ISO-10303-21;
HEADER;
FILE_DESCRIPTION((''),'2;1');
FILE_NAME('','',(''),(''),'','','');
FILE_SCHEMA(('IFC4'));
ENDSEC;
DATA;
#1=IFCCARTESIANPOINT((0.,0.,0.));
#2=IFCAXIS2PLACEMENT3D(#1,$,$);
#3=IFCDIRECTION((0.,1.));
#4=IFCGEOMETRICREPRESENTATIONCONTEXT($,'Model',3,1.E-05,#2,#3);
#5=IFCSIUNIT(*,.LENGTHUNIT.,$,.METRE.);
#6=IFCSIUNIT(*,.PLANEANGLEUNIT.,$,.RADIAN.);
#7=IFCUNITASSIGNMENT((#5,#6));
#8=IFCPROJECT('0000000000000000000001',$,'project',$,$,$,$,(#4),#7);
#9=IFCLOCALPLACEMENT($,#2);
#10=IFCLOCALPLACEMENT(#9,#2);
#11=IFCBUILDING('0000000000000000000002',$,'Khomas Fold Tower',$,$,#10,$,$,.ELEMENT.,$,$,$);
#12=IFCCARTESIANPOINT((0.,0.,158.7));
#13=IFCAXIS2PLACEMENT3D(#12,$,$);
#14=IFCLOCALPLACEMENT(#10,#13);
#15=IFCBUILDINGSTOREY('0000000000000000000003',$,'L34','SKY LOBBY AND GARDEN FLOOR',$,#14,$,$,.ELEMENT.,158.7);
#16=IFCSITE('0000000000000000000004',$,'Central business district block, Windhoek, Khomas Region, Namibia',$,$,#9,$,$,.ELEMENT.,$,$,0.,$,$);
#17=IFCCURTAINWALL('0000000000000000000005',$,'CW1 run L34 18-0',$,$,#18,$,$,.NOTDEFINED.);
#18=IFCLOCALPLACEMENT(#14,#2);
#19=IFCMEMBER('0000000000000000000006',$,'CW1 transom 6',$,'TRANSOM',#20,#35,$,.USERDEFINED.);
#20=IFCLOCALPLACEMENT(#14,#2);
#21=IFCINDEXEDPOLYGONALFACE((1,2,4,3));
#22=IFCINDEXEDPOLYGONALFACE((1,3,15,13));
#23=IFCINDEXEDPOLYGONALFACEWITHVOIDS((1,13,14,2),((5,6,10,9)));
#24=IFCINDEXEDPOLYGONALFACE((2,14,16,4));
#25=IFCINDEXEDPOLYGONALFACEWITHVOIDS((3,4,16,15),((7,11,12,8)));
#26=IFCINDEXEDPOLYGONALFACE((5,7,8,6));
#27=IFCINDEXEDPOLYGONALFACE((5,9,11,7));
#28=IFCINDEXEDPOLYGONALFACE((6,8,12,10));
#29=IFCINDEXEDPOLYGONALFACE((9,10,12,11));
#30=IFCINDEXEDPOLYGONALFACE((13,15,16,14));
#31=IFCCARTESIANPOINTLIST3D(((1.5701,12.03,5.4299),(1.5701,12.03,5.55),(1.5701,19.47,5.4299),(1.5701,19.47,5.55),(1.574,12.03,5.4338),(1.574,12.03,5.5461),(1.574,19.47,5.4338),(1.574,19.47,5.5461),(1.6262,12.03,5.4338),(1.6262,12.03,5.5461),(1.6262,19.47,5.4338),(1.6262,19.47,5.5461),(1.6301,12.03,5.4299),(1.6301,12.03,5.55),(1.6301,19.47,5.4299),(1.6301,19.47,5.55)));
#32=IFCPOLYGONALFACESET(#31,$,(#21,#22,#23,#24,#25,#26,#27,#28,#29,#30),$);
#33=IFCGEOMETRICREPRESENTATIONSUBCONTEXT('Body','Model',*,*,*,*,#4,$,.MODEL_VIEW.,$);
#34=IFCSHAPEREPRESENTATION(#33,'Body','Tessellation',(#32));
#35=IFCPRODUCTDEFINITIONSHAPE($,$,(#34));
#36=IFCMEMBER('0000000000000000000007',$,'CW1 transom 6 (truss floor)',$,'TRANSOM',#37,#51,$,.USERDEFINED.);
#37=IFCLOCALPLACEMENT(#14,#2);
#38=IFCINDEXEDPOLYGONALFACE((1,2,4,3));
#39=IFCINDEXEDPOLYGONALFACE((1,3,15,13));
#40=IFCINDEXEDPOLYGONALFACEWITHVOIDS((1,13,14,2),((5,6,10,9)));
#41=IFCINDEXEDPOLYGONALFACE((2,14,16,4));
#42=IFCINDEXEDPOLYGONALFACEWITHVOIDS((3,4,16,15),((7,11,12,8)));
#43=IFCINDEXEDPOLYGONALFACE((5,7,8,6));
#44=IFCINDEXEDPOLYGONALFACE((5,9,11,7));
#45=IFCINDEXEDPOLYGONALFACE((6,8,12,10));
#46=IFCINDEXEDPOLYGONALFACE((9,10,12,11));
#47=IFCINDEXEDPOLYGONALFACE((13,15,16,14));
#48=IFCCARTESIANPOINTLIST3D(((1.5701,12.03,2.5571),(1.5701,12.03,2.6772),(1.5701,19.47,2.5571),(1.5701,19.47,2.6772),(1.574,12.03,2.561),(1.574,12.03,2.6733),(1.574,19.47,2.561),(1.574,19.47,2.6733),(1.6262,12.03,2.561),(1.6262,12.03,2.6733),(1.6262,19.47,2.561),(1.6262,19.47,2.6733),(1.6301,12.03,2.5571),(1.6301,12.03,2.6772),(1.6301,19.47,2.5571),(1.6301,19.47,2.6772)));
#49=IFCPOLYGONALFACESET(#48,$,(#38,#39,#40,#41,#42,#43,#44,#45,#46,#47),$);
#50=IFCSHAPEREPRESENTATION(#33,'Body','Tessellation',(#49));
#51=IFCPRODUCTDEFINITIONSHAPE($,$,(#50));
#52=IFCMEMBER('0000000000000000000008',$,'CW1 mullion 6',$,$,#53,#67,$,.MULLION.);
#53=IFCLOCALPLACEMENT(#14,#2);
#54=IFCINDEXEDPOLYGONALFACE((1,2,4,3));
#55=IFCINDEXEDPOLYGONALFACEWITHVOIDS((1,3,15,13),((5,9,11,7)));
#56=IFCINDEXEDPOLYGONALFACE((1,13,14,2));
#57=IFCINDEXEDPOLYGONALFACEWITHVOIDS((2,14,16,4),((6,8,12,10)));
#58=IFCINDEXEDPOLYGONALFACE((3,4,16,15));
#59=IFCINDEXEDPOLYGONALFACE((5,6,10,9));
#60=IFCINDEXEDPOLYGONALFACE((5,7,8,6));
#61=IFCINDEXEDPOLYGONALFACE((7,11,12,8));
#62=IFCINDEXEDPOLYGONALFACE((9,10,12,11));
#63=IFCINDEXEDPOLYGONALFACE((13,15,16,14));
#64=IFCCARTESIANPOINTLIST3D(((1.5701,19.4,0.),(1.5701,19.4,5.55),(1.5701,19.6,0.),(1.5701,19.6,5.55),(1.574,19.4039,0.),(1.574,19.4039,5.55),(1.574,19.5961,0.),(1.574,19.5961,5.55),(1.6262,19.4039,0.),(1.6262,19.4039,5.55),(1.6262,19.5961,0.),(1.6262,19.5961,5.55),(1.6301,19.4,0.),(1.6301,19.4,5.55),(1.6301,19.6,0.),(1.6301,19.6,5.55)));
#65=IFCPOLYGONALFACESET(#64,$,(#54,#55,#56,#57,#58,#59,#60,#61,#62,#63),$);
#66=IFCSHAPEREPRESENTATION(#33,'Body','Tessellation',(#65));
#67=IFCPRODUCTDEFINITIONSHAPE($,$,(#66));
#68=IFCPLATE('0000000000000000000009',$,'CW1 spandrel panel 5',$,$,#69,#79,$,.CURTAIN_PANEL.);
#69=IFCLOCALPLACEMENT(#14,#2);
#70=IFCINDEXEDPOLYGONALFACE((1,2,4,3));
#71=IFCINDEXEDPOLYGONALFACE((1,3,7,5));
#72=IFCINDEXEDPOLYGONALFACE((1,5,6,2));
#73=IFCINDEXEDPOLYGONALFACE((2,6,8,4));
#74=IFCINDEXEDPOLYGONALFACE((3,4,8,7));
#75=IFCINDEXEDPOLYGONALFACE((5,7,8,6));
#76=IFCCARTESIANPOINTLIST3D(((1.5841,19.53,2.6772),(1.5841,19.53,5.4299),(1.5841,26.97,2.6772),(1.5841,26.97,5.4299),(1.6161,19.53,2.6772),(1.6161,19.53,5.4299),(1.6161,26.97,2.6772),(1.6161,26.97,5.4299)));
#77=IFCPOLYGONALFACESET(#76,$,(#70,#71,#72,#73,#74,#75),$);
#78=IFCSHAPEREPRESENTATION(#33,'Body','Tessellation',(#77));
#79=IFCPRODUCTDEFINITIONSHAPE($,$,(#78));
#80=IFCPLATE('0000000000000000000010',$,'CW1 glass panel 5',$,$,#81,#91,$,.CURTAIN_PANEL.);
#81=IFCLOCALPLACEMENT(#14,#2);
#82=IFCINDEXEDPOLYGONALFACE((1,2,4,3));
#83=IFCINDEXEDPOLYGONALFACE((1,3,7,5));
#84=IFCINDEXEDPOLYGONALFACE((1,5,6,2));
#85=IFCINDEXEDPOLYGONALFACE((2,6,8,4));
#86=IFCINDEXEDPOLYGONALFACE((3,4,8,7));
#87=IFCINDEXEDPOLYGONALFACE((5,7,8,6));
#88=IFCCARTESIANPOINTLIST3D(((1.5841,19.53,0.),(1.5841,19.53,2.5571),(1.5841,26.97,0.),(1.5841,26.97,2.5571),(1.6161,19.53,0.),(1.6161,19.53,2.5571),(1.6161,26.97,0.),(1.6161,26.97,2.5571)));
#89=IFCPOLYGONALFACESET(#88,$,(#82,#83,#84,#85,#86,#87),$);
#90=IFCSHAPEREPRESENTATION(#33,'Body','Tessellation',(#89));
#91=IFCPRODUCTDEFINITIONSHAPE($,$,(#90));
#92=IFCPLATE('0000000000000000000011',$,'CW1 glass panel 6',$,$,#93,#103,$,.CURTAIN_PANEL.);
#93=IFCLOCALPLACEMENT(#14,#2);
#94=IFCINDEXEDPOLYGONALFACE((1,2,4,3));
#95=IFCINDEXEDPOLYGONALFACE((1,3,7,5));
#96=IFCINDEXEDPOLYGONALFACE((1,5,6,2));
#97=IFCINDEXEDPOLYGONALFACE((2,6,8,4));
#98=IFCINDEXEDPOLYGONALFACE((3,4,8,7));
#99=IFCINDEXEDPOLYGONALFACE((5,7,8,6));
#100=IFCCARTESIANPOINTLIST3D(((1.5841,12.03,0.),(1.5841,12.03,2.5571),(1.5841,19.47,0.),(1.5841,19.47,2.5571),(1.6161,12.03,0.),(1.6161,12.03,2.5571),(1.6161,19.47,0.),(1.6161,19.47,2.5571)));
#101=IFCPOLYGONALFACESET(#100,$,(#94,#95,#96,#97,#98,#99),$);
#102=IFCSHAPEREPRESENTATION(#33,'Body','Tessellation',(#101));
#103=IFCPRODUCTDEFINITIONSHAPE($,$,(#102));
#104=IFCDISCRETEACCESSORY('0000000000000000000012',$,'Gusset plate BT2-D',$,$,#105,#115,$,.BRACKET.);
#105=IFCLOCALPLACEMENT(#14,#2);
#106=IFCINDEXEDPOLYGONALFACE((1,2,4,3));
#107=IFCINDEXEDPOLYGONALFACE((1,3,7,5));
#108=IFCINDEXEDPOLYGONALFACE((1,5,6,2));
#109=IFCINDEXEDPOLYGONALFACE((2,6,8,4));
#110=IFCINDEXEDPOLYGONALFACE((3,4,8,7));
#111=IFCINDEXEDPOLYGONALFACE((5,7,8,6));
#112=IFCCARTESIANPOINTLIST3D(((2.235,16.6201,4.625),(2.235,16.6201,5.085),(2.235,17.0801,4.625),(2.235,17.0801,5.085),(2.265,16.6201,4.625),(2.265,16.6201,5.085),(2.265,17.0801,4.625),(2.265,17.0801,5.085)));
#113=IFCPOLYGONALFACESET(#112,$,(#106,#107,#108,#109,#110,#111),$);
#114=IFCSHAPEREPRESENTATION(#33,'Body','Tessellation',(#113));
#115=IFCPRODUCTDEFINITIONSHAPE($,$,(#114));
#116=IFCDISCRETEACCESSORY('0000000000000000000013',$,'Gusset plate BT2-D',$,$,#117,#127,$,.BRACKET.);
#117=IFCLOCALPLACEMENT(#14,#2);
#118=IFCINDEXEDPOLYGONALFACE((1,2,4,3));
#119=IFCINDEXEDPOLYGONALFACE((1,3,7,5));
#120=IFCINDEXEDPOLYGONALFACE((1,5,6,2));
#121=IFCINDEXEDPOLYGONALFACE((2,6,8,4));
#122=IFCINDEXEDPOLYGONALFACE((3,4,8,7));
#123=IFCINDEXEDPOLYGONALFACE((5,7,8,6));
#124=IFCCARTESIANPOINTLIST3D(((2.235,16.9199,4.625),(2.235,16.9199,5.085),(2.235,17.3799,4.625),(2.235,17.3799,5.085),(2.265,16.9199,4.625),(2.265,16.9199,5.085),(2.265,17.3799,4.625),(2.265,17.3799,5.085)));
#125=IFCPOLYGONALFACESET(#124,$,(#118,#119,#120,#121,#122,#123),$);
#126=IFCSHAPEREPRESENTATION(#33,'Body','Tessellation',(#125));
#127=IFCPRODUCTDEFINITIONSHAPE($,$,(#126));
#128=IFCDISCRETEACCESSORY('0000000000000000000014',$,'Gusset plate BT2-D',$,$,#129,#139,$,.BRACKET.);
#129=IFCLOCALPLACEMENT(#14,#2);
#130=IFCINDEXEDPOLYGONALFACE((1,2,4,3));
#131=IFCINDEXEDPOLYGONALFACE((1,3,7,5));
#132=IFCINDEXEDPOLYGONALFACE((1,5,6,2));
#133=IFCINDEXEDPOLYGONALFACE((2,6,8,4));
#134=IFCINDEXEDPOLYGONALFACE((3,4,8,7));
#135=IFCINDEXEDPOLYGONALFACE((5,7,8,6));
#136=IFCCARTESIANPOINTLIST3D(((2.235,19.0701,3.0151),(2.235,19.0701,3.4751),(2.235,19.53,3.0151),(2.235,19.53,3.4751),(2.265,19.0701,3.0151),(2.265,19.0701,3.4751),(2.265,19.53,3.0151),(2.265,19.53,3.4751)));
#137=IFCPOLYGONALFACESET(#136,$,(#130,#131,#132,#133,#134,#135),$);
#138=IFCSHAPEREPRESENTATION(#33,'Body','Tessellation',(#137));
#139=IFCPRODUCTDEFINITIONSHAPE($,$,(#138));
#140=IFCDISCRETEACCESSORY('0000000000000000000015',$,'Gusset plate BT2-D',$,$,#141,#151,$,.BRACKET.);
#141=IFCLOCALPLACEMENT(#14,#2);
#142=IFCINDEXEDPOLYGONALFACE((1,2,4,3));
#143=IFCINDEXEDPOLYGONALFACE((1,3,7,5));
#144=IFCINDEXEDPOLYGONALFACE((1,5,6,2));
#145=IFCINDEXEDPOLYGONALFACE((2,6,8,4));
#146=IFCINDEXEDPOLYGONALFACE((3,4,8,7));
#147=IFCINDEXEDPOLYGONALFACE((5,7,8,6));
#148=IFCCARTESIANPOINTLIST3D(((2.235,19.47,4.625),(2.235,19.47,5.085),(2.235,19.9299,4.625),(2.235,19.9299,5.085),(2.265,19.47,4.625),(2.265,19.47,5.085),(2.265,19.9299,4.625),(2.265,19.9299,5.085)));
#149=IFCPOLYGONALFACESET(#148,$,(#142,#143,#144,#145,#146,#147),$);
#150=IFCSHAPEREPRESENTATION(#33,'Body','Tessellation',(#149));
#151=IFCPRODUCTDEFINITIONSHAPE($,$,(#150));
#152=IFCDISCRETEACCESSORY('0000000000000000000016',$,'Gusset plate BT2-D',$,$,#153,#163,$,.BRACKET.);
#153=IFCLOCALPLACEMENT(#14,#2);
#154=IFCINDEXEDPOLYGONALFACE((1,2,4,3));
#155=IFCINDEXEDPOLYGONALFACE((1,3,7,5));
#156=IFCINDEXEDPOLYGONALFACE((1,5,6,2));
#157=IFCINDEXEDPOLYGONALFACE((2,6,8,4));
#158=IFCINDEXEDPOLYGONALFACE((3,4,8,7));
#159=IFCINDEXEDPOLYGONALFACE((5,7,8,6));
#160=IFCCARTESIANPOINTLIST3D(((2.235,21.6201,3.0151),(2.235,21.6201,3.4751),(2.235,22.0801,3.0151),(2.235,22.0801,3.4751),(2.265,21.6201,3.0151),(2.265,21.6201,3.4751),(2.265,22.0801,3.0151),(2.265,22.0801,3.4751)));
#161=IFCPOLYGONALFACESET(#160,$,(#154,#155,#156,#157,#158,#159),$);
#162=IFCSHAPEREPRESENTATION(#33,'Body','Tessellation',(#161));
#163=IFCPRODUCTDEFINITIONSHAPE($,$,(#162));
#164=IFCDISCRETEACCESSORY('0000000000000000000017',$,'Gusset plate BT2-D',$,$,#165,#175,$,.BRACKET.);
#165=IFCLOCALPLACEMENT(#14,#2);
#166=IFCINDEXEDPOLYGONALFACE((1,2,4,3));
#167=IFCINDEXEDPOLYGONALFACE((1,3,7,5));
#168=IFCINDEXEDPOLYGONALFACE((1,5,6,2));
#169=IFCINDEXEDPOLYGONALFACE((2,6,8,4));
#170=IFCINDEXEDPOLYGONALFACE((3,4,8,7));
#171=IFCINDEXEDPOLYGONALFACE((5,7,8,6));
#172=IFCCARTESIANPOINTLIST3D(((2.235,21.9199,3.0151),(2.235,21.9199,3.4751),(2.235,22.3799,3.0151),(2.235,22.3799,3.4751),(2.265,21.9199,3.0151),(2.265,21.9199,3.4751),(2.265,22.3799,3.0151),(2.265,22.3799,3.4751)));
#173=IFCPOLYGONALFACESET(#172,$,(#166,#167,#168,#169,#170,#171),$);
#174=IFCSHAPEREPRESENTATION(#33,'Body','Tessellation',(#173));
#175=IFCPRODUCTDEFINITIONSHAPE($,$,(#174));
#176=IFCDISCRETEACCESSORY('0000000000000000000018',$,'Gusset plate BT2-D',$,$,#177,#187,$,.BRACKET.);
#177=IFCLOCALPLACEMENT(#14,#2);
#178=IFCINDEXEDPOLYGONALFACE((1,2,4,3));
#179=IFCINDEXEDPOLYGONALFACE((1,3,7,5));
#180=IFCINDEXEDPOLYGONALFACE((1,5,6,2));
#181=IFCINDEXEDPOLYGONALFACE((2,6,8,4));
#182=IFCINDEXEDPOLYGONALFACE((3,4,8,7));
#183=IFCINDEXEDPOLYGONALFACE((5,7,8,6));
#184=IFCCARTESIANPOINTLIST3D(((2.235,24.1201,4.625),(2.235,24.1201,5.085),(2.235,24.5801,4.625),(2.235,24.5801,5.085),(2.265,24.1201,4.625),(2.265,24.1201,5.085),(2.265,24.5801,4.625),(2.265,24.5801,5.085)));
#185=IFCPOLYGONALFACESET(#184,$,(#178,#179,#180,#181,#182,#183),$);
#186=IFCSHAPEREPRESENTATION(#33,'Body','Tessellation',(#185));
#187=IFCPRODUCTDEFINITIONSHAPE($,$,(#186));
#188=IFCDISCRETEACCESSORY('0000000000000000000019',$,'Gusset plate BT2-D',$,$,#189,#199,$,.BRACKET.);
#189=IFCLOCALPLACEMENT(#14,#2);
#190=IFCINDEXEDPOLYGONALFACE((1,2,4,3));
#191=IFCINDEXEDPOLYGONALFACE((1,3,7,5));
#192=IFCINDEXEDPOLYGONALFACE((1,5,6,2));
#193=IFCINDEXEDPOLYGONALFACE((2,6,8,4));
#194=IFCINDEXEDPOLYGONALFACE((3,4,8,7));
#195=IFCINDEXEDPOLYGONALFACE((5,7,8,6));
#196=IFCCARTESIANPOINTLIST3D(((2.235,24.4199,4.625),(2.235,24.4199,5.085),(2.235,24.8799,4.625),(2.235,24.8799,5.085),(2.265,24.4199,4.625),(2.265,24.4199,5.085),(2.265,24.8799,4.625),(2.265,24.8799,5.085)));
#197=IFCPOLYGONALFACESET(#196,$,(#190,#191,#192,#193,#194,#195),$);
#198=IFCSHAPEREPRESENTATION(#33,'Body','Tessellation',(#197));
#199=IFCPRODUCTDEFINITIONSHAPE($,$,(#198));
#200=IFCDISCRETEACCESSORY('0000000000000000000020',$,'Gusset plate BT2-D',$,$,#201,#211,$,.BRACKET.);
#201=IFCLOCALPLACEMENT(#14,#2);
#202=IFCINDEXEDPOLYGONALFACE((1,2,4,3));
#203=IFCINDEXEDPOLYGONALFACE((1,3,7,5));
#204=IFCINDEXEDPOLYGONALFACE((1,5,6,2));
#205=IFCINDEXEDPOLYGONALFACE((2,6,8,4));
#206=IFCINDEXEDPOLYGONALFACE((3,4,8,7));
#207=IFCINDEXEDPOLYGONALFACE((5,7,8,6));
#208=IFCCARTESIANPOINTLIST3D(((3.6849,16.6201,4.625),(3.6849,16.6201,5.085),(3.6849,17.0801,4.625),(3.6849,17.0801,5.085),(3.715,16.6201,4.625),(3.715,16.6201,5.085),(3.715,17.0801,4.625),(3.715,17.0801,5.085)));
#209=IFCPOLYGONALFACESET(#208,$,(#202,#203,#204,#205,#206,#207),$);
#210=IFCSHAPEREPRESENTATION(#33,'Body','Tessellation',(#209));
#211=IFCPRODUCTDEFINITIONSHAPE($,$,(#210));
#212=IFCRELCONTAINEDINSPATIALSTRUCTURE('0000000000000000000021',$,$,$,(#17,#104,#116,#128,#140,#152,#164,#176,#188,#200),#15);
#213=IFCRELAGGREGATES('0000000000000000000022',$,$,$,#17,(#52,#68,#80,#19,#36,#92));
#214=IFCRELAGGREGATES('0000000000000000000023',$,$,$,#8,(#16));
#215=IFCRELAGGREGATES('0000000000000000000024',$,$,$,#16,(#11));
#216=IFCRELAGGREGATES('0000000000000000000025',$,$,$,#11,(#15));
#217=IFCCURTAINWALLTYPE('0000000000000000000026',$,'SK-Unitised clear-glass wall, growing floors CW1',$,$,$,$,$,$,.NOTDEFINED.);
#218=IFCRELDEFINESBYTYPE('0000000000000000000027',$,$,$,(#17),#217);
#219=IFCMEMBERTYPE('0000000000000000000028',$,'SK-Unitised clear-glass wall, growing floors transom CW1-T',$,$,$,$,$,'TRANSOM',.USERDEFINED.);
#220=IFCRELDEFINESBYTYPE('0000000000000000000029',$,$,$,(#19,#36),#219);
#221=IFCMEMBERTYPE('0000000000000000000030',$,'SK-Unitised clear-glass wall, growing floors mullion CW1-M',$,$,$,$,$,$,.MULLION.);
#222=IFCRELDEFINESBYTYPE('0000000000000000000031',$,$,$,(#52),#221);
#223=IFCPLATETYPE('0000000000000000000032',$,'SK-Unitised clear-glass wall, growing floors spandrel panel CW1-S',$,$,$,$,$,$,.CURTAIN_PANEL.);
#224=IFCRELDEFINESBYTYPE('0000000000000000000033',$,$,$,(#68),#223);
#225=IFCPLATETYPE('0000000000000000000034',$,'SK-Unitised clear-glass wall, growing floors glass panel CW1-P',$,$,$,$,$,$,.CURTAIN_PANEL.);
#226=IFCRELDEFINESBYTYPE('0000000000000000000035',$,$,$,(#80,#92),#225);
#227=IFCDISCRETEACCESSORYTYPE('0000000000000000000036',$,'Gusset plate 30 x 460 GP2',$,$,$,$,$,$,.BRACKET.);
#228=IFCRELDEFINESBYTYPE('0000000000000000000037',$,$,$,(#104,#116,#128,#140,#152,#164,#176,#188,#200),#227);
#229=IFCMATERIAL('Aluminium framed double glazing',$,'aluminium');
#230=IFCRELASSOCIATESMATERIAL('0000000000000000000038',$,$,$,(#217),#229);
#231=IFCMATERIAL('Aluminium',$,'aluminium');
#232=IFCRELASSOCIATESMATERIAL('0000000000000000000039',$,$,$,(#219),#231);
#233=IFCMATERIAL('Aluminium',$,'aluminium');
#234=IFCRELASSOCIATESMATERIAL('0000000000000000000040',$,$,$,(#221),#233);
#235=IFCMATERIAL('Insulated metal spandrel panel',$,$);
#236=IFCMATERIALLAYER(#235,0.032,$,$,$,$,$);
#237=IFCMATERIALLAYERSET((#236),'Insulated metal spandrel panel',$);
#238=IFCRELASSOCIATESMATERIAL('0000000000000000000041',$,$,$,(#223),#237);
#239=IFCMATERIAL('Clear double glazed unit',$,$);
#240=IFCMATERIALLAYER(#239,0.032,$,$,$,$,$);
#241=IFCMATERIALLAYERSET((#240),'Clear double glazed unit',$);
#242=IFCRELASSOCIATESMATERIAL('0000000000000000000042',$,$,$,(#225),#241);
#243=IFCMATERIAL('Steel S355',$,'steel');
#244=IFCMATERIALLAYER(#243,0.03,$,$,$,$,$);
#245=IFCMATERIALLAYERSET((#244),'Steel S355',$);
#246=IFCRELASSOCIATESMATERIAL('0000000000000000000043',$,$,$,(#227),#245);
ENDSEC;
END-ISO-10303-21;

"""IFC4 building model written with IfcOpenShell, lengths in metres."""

from ifc_helpers import new_model, si_unit, direction, frame, origin, origin_2d, place, context, subcontext, project, spatial, rectangle, hollow_rectangle, extrude, source, transform, mapped, material, layer, layer_set, material_profile, profile_set, type_object, element, aggregate, save


model = new_model("IFC4")

# Units and contexts
model_context = context("Model", 3, precision=1e-05, world=origin(), true_north=direction((0.0, 1.0)))
body_context = subcontext(model_context, "Body", "Model", "MODEL_VIEW")
ifc_project = project(units=[si_unit("LENGTHUNIT", "METRE"), si_unit("PLANEANGLEUNIT", "RADIAN")], contexts=[model_context])

# Site, building, storey
site_placement = place(None, origin())
site = spatial("IfcSite", under=ifc_project, at=site_placement, Name="Central business district block, Windhoek, Khomas Region, Namibia", CompositionType="ELEMENT", RefElevation=0.0)
building_placement = place(site_placement, origin())
building = spatial("IfcBuilding", under=site, at=building_placement, Name="Khomas Fold Tower", CompositionType="ELEMENT")
storey_placement = place(building_placement, frame((0.0, 0.0, 158.7)))
storey = spatial("IfcBuildingStorey", under=building, at=storey_placement, Name="L34", Description="SKY LOBBY AND GARDEN FLOOR", CompositionType="ELEMENT", Elevation=158.7)

# Curtain wall, members, plates
ifc_material_1 = material(Name="Aluminium framed double glazing", Category="aluminium")
curtain_wall_type = type_object("IfcCurtainWallType", Name="SK-Unitised clear-glass wall, growing floors CW1", PredefinedType="NOTDEFINED", material=ifc_material_1)
curtain_wall_placement = place(storey_placement, origin())
curtain_wall = element("IfcCurtainWall", 1, at=curtain_wall_placement, inside=storey, type_object=curtain_wall_type, Name="CW1 run L34 18-0", PredefinedType="NOTDEFINED")
ifc_material_2 = material(Name="Aluminium", Category="aluminium")
ifc_material_profile_1 = material_profile(ifc_material_2, hollow_rectangle(XDim=0.0601, YDim=0.1201, WallThickness=0.0039, at=origin_2d()), Name="SK-Unitised clear-glass wall, growing floors transom CW1-T")
ifc_profile_set_1 = profile_set([ifc_material_profile_1], Name="Aluminium")
member_type_1 = type_object("IfcMemberType", Name="SK-Unitised clear-glass wall, growing floors transom CW1-T", ElementType="TRANSOM", PredefinedType="USERDEFINED", material=ifc_profile_set_1)
shared_shape_1 = source(origin(), body_context, "Body", "SweptSolid", [
    extrude(hollow_rectangle(XDim=0.0601, YDim=0.1201, WallThickness=0.0039, at=origin_2d()), origin(), (0.0, 0.0, 1.0), 7.4399),
])
member_1_placement = place(storey_placement, frame((1.6001, 19.47, 5.49), z_axis=(0.0, -1.0, 0.0), x_axis=(1.0, 0.0, 0.0)))
member_1 = element("IfcMember", 2, at=member_1_placement, type_object=member_type_1, Name="CW1 transom 6", ObjectType="TRANSOM", PredefinedType="USERDEFINED", context=body_context, shape_type="MappedRepresentation", body=[
    mapped(shared_shape_1, transform((0.0, 0.0, 0.0))),
])
member_2_placement = place(storey_placement, frame((1.6001, 19.47, 2.6172), z_axis=(0.0, -1.0, 0.0), x_axis=(1.0, 0.0, 0.0)))
member_2 = element("IfcMember", 3, at=member_2_placement, type_object=member_type_1, Name="CW1 transom 6 (truss floor)", ObjectType="TRANSOM", PredefinedType="USERDEFINED", context=body_context, shape_type="MappedRepresentation", body=[
    mapped(shared_shape_1, transform((0.0, 0.0, 0.0))),
])
ifc_material_3 = material(Name="Aluminium", Category="aluminium")
ifc_material_profile_2 = material_profile(ifc_material_3, hollow_rectangle(XDim=0.0601, YDim=0.2, WallThickness=0.0039, at=origin_2d()), Name="SK-Unitised clear-glass wall, growing floors mullion CW1-M")
ifc_profile_set_2 = profile_set([ifc_material_profile_2], Name="Aluminium")
member_type_2 = type_object("IfcMemberType", Name="SK-Unitised clear-glass wall, growing floors mullion CW1-M", PredefinedType="MULLION", material=ifc_profile_set_2)
shared_shape_2 = source(origin(), body_context, "Body", "SweptSolid", [
    extrude(hollow_rectangle(XDim=0.0601, YDim=0.2, WallThickness=0.0039, at=origin_2d()), origin(), (0.0, 0.0, 1.0), 5.55),
])
member_3_placement = place(storey_placement, frame((1.6001, 19.5, 0.0), z_axis=(0.0, 0.0, 1.0), x_axis=(1.0, 0.0, 0.0)))
member_3 = element("IfcMember", 4, at=member_3_placement, type_object=member_type_2, Name="CW1 mullion 6", PredefinedType="MULLION", context=body_context, shape_type="MappedRepresentation", body=[
    mapped(shared_shape_2, transform((0.0, 0.0, 0.0))),
])
ifc_material_4 = material(Name="Insulated metal spandrel panel")
ifc_layer_1 = layer(ifc_material_4, 0.032)
ifc_layer_set_1 = layer_set([ifc_layer_1], Name="Insulated metal spandrel panel")
plate_type_1 = type_object("IfcPlateType", Name="SK-Unitised clear-glass wall, growing floors spandrel panel CW1-S", PredefinedType="CURTAIN_PANEL", material=ifc_layer_set_1)
shared_shape_3 = source(origin(), body_context, "Body", "SweptSolid", [
    extrude(rectangle(XDim=7.4399, YDim=0.032, at=origin_2d()), origin(), (0.0, 0.0, 1.0), 2.7527),
])
plate_1_placement = place(storey_placement, frame((1.6001, 23.25, 2.6772), z_axis=(0.0, 0.0, 1.0), x_axis=(0.0, -1.0, 0.0)))
plate_1 = element("IfcPlate", 5, at=plate_1_placement, type_object=plate_type_1, Name="CW1 spandrel panel 5", PredefinedType="CURTAIN_PANEL", context=body_context, shape_type="MappedRepresentation", body=[
    mapped(shared_shape_3, transform((0.0, 0.0, 0.0))),
])
ifc_material_5 = material(Name="Clear double glazed unit")
ifc_layer_2 = layer(ifc_material_5, 0.032)
ifc_layer_set_2 = layer_set([ifc_layer_2], Name="Clear double glazed unit")
plate_type_2 = type_object("IfcPlateType", Name="SK-Unitised clear-glass wall, growing floors glass panel CW1-P", PredefinedType="CURTAIN_PANEL", material=ifc_layer_set_2)
shared_shape_4 = source(origin(), body_context, "Body", "SweptSolid", [
    extrude(rectangle(XDim=7.4399, YDim=0.032, at=origin_2d()), origin(), (0.0, 0.0, 1.0), 2.5571),
])
plate_2_placement = place(storey_placement, frame((1.6001, 23.25, 0.0), z_axis=(0.0, 0.0, 1.0), x_axis=(0.0, -1.0, 0.0)))
plate_2 = element("IfcPlate", 6, at=plate_2_placement, type_object=plate_type_2, Name="CW1 glass panel 5", PredefinedType="CURTAIN_PANEL", context=body_context, shape_type="MappedRepresentation", body=[
    mapped(shared_shape_4, transform((0.0, 0.0, 0.0))),
])
plate_3_placement = place(storey_placement, frame((1.6001, 15.75, 0.0), z_axis=(0.0, 0.0, 1.0), x_axis=(0.0, -1.0, 0.0)))
plate_3 = element("IfcPlate", 7, at=plate_3_placement, type_object=plate_type_2, Name="CW1 glass panel 6", PredefinedType="CURTAIN_PANEL", context=body_context, shape_type="MappedRepresentation", body=[
    mapped(shared_shape_4, transform((0.0, 0.0, 0.0))),
])
aggregate(curtain_wall, [member_3, plate_1, plate_2, member_1, member_2, plate_3])

# Discrete accessories
ifc_material_6 = material(Name="Steel S355", Category="steel")
ifc_layer_3 = layer(ifc_material_6, 0.03)
ifc_layer_set_3 = layer_set([ifc_layer_3], Name="Steel S355")
discrete_accessory_type = type_object("IfcDiscreteAccessoryType", Name="Gusset plate 30 x 460 GP2", PredefinedType="BRACKET", material=ifc_layer_set_3)
shared_shape_5 = source(origin(), body_context, "Body", "SweptSolid", [
    extrude(rectangle(XDim=0.46, YDim=0.03, at=origin_2d()), origin(), (0.0, 0.0, 1.0), 0.46),
])
for number, where, z_axis, x_axis, name in (
    (8, (2.25, 16.8501, 4.625), (0.0, 0.0, 1.0), (0.0, 1.0, 0.0), "Gusset plate BT2-D"),
    (9, (2.25, 17.1499, 4.625), (0.0, 0.0, 1.0), (0.0, 1.0, 0.0), "Gusset plate BT2-D"),
    (10, (2.25, 19.3, 3.0151), (0.0, 0.0, 1.0), (0.0, 1.0, 0.0), "Gusset plate BT2-D"),
    (11, (2.25, 19.7, 4.625), (0.0, 0.0, 1.0), (0.0, 1.0, 0.0), "Gusset plate BT2-D"),
    (12, (2.25, 21.8501, 3.0151), (0.0, 0.0, 1.0), (0.0, 1.0, 0.0), "Gusset plate BT2-D"),
    (13, (2.25, 22.1499, 3.0151), (0.0, 0.0, 1.0), (0.0, 1.0, 0.0), "Gusset plate BT2-D"),
    (14, (2.25, 24.3501, 4.625), (0.0, 0.0, 1.0), (0.0, 1.0, 0.0), "Gusset plate BT2-D"),
    (15, (2.25, 24.6499, 4.625), (0.0, 0.0, 1.0), (0.0, 1.0, 0.0), "Gusset plate BT2-D"),
    (16, (3.7, 16.8501, 4.625), (0.0, 0.0, 1.0), (0.0, 1.0, 0.0), "Gusset plate BT2-D"),
):
    element("IfcDiscreteAccessory", number, at=place(storey_placement, frame(where, z_axis=z_axis, x_axis=x_axis)), inside=storey, type_object=discrete_accessory_type, Name=name, PredefinedType="BRACKET", context=body_context, shape_type="MappedRepresentation", body=[
        mapped(shared_shape_5, transform((0.0, 0.0, 0.0))),
    ])

save(model, "model.ifc")
